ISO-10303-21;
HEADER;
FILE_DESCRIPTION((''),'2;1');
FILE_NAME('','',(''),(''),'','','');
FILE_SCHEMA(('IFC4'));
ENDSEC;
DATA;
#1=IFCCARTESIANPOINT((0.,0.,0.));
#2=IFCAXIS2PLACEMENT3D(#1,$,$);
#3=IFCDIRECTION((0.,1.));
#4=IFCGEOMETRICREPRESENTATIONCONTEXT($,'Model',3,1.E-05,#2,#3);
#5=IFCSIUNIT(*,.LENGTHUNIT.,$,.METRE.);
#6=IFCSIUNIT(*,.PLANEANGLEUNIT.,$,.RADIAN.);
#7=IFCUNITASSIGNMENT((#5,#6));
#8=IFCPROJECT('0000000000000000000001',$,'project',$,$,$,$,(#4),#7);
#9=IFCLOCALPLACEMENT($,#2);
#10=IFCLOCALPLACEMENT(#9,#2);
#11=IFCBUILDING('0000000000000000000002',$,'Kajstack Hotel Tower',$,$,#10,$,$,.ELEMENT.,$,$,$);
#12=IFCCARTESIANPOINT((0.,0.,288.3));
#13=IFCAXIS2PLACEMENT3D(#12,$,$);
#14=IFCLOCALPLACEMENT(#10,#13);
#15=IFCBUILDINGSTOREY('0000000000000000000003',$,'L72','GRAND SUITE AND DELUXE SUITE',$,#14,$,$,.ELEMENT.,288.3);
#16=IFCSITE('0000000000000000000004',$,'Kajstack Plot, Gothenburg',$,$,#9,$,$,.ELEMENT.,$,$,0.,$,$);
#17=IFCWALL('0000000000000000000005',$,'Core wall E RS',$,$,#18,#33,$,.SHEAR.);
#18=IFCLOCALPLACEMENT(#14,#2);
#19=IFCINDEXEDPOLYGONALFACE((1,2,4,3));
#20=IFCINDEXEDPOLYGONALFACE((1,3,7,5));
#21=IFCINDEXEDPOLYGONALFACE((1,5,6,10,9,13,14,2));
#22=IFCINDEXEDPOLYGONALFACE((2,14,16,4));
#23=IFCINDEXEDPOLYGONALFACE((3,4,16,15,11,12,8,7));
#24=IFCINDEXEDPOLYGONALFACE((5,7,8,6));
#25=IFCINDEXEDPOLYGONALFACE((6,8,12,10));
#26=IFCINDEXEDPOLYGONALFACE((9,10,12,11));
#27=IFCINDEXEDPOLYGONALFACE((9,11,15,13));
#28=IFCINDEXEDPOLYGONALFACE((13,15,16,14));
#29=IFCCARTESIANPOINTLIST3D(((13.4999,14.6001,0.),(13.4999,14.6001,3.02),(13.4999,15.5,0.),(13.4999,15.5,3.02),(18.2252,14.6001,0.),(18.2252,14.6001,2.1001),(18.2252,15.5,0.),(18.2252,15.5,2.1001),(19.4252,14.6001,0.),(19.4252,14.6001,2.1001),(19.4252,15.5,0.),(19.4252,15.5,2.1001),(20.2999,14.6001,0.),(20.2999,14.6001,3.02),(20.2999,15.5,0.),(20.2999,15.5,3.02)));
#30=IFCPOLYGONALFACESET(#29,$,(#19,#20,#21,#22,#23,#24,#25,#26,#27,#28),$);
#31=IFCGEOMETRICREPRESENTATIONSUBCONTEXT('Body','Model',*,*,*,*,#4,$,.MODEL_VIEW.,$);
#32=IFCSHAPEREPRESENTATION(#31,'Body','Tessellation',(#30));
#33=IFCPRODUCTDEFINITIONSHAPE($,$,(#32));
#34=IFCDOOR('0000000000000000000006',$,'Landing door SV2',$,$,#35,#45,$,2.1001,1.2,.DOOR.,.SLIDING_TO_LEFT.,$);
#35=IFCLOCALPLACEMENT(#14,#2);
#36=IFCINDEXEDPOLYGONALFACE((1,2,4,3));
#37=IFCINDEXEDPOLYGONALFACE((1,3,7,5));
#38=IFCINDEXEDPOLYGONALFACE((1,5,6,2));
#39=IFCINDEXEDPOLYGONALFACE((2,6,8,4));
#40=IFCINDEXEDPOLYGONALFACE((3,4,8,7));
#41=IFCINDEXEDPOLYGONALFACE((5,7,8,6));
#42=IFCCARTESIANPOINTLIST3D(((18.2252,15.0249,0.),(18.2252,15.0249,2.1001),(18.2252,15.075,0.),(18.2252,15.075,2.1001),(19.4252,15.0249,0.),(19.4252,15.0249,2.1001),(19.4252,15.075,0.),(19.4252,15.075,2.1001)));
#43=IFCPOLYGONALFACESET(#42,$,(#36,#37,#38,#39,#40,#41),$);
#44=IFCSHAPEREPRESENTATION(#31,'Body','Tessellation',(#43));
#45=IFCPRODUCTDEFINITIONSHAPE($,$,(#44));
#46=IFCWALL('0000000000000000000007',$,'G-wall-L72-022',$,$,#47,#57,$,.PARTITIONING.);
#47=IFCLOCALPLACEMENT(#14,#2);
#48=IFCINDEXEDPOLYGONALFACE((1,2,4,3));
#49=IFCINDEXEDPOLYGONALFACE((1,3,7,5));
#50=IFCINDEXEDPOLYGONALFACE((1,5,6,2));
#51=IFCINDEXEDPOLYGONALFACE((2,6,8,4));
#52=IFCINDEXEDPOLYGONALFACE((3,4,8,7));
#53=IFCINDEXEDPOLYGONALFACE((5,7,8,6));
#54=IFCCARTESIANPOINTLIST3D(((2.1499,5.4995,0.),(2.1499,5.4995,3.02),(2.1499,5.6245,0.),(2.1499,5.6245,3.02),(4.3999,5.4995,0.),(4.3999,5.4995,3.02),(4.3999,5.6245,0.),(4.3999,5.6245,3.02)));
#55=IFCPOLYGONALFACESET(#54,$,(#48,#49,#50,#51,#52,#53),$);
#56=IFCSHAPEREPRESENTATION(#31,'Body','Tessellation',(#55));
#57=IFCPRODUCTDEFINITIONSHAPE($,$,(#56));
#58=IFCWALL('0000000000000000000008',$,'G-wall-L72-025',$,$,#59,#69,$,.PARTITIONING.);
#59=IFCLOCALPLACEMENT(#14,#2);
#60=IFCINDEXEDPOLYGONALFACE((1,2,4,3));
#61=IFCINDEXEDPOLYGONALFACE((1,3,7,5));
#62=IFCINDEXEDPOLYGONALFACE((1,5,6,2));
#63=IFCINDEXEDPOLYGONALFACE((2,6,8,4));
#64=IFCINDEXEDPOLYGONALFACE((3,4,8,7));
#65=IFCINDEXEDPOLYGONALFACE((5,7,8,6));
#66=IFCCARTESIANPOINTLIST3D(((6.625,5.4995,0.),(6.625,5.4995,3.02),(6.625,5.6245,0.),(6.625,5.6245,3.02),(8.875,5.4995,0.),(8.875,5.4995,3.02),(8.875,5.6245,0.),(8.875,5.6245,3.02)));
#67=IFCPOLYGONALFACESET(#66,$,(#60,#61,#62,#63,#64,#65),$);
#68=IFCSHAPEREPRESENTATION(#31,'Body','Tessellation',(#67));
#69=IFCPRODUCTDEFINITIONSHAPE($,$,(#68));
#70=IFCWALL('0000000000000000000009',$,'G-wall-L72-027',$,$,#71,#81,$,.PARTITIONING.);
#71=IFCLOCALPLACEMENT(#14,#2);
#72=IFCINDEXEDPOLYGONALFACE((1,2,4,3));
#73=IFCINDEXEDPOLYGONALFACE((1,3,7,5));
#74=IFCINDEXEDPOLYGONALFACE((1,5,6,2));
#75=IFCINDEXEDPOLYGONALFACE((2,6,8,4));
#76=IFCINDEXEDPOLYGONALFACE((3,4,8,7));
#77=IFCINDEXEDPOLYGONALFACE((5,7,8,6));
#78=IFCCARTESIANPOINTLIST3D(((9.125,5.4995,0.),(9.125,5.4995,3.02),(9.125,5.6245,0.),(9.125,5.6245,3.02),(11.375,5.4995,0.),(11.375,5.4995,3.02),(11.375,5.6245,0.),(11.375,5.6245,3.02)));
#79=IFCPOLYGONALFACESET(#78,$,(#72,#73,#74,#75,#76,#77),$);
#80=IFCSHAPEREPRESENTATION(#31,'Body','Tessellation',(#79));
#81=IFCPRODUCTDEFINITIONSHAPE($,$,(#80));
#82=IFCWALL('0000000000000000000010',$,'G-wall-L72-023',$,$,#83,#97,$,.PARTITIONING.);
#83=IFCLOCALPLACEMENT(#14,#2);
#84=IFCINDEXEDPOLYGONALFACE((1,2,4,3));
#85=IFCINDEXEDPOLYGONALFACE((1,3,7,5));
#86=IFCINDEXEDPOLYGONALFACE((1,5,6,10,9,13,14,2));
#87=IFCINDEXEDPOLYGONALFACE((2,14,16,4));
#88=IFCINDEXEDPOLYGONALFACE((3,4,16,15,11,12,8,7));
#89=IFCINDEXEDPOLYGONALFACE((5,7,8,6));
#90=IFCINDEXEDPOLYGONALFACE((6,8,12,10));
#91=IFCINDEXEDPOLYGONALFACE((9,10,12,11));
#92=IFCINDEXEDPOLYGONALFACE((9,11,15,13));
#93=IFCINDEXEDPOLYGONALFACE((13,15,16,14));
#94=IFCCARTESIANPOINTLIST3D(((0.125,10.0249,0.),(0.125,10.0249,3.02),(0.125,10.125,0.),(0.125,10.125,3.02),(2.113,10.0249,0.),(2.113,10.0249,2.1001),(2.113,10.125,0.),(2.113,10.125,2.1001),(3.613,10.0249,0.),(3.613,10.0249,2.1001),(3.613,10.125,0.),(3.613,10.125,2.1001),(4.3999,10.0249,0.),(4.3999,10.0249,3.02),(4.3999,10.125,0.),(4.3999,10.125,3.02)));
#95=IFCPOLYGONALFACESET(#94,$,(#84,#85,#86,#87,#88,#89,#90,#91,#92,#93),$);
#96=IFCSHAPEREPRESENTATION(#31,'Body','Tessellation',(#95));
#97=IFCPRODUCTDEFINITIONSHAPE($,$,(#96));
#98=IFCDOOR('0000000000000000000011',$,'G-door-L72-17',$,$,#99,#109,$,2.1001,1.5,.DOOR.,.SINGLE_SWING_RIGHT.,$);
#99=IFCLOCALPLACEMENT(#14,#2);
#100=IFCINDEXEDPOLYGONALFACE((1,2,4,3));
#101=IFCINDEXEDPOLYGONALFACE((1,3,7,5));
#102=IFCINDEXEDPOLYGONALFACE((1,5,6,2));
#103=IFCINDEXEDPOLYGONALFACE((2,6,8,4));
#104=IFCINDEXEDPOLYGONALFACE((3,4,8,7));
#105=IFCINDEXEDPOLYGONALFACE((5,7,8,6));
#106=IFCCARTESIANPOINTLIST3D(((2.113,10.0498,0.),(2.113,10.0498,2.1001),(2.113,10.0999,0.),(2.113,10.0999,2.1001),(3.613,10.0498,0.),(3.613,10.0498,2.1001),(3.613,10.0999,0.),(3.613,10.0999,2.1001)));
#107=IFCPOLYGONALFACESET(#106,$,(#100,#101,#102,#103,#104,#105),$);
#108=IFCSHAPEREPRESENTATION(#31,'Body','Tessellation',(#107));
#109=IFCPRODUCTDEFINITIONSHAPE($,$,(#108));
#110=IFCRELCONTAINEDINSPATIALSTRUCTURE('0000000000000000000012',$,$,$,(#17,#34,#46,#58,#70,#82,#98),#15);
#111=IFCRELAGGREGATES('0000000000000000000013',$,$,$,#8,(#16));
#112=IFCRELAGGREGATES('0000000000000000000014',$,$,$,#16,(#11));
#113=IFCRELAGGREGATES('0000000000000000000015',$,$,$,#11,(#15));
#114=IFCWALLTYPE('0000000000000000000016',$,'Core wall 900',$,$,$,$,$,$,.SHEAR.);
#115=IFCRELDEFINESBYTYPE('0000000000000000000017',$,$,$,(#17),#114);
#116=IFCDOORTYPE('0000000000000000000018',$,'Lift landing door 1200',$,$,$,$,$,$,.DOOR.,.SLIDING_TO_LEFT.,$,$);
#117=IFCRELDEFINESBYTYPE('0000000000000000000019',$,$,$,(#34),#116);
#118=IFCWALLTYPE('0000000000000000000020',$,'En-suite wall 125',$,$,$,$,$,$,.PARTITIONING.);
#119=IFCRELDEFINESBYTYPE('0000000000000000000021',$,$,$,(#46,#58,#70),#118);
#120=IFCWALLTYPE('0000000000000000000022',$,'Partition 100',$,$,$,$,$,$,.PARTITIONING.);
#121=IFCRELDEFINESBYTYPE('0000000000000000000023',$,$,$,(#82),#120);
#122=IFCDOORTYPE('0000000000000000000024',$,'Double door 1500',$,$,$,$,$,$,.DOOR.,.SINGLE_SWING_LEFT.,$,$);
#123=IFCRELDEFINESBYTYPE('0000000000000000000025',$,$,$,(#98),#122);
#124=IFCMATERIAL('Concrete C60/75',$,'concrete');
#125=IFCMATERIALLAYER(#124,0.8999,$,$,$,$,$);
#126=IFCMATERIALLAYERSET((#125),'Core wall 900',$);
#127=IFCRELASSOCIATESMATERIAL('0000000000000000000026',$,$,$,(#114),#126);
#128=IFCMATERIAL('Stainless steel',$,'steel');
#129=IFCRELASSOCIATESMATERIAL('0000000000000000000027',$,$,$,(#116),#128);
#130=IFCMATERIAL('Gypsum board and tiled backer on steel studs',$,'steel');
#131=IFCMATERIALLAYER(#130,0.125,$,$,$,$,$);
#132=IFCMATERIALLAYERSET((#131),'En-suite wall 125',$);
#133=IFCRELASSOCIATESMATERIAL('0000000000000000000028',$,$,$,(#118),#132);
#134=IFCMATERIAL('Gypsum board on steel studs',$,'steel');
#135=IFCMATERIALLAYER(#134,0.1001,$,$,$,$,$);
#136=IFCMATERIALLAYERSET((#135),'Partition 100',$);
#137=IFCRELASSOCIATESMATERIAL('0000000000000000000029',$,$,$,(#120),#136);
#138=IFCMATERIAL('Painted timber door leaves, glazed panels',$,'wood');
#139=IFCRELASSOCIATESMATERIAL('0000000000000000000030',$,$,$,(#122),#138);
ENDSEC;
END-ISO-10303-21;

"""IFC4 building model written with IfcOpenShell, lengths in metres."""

from ifc_helpers import new_model, si_unit, direction, frame, frame_2d, origin, place, context, subcontext, project, spatial, rectangle, extrude, material, layer, layer_set, type_object, element, fill, save


model = new_model("IFC4")

# Units and contexts
model_context = context("Model", 3, precision=1e-05, world=origin(), true_north=direction((0.0, 1.0)))
body_context = subcontext(model_context, "Body", "Model", "MODEL_VIEW")
ifc_project = project(units=[si_unit("LENGTHUNIT", "METRE"), si_unit("PLANEANGLEUNIT", "RADIAN")], contexts=[model_context])

# Site, building, storey
site_placement = place(None, origin())
site = spatial("IfcSite", under=ifc_project, at=site_placement, Name="Kajstack Plot, Gothenburg", CompositionType="ELEMENT", RefElevation=0.0)
building_placement = place(site_placement, origin())
building = spatial("IfcBuilding", under=site, at=building_placement, Name="Kajstack Hotel Tower", CompositionType="ELEMENT")
storey_placement = place(building_placement, frame((0.0, 0.0, 288.3)))
storey = spatial("IfcBuildingStorey", under=building, at=storey_placement, Name="L72", Description="GRAND SUITE AND DELUXE SUITE", CompositionType="ELEMENT", Elevation=288.3)

# Wall, opening, door
ifc_material_1 = material(Name="Concrete C60/75", Category="concrete")
ifc_layer_1 = layer(ifc_material_1, 0.8999)
ifc_layer_set_1 = layer_set([ifc_layer_1], Name="Core wall 900")
wall_type_1 = type_object("IfcWallType", Name="Core wall 900", PredefinedType="SHEAR", material=ifc_layer_set_1)
wall_1_placement = place(storey_placement, frame((13.5, 15.05, 0.0), z_axis=(0.0, 0.0, 1.0), x_axis=(1.0, 0.0, 0.0)))
wall_1 = element("IfcWall", 1, at=wall_1_placement, inside=storey, type_object=wall_type_1, Name="Core wall E RS", PredefinedType="SHEAR", context=body_context, shape_type="SweptSolid", body=[
    extrude(rectangle(XDim=6.8, YDim=0.8999, at=frame_2d((3.3999, 0.0))), origin(), (0.0, 0.0, 1.0), 3.02),
])
opening_1_placement = place(wall_1_placement, frame((4.7251, 0.0, 0.0)))
opening_1 = element("IfcOpeningElement", 2, at=opening_1_placement, cuts=wall_1, PredefinedType="OPENING", context=body_context, shape_type="SweptSolid", body=[
    extrude(rectangle(XDim=1.2, YDim=2.1001, at=frame_2d((0.6001, 1.05))), frame((0.0, 0.46, 0.0), z_axis=(0.0, -1.0, 0.0), x_axis=(1.0, 0.0, 0.0)), (0.0, 0.0, 1.0), 0.9199),
])
ifc_material_2 = material(Name="Stainless steel", Category="steel")
door_type_1 = type_object("IfcDoorType", Name="Lift landing door 1200", OperationType="SLIDING_TO_LEFT", PredefinedType="DOOR", material=ifc_material_2)
door_1_placement = place(opening_1_placement, origin())
door_1 = element("IfcDoor", 3, at=door_1_placement, inside=storey, type_object=door_type_1, Name="Landing door SV2", OperationType="SLIDING_TO_LEFT", OverallHeight=2.1001, OverallWidth=1.2, PredefinedType="DOOR", context=body_context, shape_type="SweptSolid", body=[
    extrude(rectangle(XDim=1.2, YDim=2.1001, at=frame_2d((0.6001, 1.05))), frame((0.0, 0.0249, 0.0), z_axis=(0.0, -1.0, 0.0), x_axis=(1.0, 0.0, 0.0)), (0.0, 0.0, 1.0), 0.05),
])
fill(opening_1, door_1)

# Walls
ifc_material_3 = material(Name="Gypsum board and tiled backer on steel studs", Category="steel")
ifc_layer_2 = layer(ifc_material_3, 0.125)
ifc_layer_set_2 = layer_set([ifc_layer_2], Name="En-suite wall 125")
wall_type_2 = type_object("IfcWallType", Name="En-suite wall 125", PredefinedType="PARTITIONING", material=ifc_layer_set_2)
for number, where, z_axis, x_axis, name in (
    (4, (2.1499, 5.562, 0.0), (0.0, 0.0, 1.0), (1.0, 0.0, 0.0), "G-wall-L72-022"),
    (5, (6.625, 5.562, 0.0), (0.0, 0.0, 1.0), (1.0, 0.0, 0.0), "G-wall-L72-025"),
    (6, (9.125, 5.562, 0.0), (0.0, 0.0, 1.0), (1.0, 0.0, 0.0), "G-wall-L72-027"),
):
    element("IfcWall", number, at=place(storey_placement, frame(where, z_axis=z_axis, x_axis=x_axis)), inside=storey, type_object=wall_type_2, Name=name, PredefinedType="PARTITIONING", context=body_context, shape_type="SweptSolid", body=[
        extrude(rectangle(XDim=2.25, YDim=0.125, at=frame_2d((1.125, 0.0))), origin(), (0.0, 0.0, 1.0), 3.02),
    ])

# Wall, opening, door
ifc_material_4 = material(Name="Gypsum board on steel studs", Category="steel")
ifc_layer_3 = layer(ifc_material_4, 0.1001)
ifc_layer_set_3 = layer_set([ifc_layer_3], Name="Partition 100")
wall_type_3 = type_object("IfcWallType", Name="Partition 100", PredefinedType="PARTITIONING", material=ifc_layer_set_3)
wall_2_placement = place(storey_placement, frame((0.125, 10.075, 0.0), z_axis=(0.0, 0.0, 1.0), x_axis=(1.0, 0.0, 0.0)))
wall_2 = element("IfcWall", 7, at=wall_2_placement, inside=storey, type_object=wall_type_3, Name="G-wall-L72-023", PredefinedType="PARTITIONING", context=body_context, shape_type="SweptSolid", body=[
    extrude(rectangle(XDim=4.2749, YDim=0.1001, at=frame_2d((2.1375, 0.0))), origin(), (0.0, 0.0, 1.0), 3.02),
])
opening_2_placement = place(wall_2_placement, frame((1.988, 0.0, 0.0)))
opening_2 = element("IfcOpeningElement", 8, at=opening_2_placement, cuts=wall_2, PredefinedType="OPENING", context=body_context, shape_type="SweptSolid", body=[
    extrude(rectangle(XDim=1.5, YDim=2.1001, at=frame_2d((0.75, 1.05))), frame((0.0, 0.0601, 0.0), z_axis=(0.0, -1.0, 0.0), x_axis=(1.0, 0.0, 0.0)), (0.0, 0.0, 1.0), 0.1201),
])
ifc_material_5 = material(Name="Painted timber door leaves, glazed panels", Category="wood")
door_type_2 = type_object("IfcDoorType", Name="Double door 1500", OperationType="SINGLE_SWING_LEFT", PredefinedType="DOOR", material=ifc_material_5)
door_2_placement = place(opening_2_placement, origin())
door_2 = element("IfcDoor", 9, at=door_2_placement, inside=storey, type_object=door_type_2, Name="G-door-L72-17", OperationType="SINGLE_SWING_RIGHT", OverallHeight=2.1001, OverallWidth=1.5, PredefinedType="DOOR", context=body_context, shape_type="SweptSolid", body=[
    extrude(rectangle(XDim=1.5, YDim=2.1001, at=frame_2d((0.75, 1.05))), frame((0.0, 0.0249, 0.0), z_axis=(0.0, -1.0, 0.0), x_axis=(1.0, 0.0, 0.0)), (0.0, 0.0, 1.0), 0.05),
])
fill(opening_2, door_2)

save(model, "model.ifc")
